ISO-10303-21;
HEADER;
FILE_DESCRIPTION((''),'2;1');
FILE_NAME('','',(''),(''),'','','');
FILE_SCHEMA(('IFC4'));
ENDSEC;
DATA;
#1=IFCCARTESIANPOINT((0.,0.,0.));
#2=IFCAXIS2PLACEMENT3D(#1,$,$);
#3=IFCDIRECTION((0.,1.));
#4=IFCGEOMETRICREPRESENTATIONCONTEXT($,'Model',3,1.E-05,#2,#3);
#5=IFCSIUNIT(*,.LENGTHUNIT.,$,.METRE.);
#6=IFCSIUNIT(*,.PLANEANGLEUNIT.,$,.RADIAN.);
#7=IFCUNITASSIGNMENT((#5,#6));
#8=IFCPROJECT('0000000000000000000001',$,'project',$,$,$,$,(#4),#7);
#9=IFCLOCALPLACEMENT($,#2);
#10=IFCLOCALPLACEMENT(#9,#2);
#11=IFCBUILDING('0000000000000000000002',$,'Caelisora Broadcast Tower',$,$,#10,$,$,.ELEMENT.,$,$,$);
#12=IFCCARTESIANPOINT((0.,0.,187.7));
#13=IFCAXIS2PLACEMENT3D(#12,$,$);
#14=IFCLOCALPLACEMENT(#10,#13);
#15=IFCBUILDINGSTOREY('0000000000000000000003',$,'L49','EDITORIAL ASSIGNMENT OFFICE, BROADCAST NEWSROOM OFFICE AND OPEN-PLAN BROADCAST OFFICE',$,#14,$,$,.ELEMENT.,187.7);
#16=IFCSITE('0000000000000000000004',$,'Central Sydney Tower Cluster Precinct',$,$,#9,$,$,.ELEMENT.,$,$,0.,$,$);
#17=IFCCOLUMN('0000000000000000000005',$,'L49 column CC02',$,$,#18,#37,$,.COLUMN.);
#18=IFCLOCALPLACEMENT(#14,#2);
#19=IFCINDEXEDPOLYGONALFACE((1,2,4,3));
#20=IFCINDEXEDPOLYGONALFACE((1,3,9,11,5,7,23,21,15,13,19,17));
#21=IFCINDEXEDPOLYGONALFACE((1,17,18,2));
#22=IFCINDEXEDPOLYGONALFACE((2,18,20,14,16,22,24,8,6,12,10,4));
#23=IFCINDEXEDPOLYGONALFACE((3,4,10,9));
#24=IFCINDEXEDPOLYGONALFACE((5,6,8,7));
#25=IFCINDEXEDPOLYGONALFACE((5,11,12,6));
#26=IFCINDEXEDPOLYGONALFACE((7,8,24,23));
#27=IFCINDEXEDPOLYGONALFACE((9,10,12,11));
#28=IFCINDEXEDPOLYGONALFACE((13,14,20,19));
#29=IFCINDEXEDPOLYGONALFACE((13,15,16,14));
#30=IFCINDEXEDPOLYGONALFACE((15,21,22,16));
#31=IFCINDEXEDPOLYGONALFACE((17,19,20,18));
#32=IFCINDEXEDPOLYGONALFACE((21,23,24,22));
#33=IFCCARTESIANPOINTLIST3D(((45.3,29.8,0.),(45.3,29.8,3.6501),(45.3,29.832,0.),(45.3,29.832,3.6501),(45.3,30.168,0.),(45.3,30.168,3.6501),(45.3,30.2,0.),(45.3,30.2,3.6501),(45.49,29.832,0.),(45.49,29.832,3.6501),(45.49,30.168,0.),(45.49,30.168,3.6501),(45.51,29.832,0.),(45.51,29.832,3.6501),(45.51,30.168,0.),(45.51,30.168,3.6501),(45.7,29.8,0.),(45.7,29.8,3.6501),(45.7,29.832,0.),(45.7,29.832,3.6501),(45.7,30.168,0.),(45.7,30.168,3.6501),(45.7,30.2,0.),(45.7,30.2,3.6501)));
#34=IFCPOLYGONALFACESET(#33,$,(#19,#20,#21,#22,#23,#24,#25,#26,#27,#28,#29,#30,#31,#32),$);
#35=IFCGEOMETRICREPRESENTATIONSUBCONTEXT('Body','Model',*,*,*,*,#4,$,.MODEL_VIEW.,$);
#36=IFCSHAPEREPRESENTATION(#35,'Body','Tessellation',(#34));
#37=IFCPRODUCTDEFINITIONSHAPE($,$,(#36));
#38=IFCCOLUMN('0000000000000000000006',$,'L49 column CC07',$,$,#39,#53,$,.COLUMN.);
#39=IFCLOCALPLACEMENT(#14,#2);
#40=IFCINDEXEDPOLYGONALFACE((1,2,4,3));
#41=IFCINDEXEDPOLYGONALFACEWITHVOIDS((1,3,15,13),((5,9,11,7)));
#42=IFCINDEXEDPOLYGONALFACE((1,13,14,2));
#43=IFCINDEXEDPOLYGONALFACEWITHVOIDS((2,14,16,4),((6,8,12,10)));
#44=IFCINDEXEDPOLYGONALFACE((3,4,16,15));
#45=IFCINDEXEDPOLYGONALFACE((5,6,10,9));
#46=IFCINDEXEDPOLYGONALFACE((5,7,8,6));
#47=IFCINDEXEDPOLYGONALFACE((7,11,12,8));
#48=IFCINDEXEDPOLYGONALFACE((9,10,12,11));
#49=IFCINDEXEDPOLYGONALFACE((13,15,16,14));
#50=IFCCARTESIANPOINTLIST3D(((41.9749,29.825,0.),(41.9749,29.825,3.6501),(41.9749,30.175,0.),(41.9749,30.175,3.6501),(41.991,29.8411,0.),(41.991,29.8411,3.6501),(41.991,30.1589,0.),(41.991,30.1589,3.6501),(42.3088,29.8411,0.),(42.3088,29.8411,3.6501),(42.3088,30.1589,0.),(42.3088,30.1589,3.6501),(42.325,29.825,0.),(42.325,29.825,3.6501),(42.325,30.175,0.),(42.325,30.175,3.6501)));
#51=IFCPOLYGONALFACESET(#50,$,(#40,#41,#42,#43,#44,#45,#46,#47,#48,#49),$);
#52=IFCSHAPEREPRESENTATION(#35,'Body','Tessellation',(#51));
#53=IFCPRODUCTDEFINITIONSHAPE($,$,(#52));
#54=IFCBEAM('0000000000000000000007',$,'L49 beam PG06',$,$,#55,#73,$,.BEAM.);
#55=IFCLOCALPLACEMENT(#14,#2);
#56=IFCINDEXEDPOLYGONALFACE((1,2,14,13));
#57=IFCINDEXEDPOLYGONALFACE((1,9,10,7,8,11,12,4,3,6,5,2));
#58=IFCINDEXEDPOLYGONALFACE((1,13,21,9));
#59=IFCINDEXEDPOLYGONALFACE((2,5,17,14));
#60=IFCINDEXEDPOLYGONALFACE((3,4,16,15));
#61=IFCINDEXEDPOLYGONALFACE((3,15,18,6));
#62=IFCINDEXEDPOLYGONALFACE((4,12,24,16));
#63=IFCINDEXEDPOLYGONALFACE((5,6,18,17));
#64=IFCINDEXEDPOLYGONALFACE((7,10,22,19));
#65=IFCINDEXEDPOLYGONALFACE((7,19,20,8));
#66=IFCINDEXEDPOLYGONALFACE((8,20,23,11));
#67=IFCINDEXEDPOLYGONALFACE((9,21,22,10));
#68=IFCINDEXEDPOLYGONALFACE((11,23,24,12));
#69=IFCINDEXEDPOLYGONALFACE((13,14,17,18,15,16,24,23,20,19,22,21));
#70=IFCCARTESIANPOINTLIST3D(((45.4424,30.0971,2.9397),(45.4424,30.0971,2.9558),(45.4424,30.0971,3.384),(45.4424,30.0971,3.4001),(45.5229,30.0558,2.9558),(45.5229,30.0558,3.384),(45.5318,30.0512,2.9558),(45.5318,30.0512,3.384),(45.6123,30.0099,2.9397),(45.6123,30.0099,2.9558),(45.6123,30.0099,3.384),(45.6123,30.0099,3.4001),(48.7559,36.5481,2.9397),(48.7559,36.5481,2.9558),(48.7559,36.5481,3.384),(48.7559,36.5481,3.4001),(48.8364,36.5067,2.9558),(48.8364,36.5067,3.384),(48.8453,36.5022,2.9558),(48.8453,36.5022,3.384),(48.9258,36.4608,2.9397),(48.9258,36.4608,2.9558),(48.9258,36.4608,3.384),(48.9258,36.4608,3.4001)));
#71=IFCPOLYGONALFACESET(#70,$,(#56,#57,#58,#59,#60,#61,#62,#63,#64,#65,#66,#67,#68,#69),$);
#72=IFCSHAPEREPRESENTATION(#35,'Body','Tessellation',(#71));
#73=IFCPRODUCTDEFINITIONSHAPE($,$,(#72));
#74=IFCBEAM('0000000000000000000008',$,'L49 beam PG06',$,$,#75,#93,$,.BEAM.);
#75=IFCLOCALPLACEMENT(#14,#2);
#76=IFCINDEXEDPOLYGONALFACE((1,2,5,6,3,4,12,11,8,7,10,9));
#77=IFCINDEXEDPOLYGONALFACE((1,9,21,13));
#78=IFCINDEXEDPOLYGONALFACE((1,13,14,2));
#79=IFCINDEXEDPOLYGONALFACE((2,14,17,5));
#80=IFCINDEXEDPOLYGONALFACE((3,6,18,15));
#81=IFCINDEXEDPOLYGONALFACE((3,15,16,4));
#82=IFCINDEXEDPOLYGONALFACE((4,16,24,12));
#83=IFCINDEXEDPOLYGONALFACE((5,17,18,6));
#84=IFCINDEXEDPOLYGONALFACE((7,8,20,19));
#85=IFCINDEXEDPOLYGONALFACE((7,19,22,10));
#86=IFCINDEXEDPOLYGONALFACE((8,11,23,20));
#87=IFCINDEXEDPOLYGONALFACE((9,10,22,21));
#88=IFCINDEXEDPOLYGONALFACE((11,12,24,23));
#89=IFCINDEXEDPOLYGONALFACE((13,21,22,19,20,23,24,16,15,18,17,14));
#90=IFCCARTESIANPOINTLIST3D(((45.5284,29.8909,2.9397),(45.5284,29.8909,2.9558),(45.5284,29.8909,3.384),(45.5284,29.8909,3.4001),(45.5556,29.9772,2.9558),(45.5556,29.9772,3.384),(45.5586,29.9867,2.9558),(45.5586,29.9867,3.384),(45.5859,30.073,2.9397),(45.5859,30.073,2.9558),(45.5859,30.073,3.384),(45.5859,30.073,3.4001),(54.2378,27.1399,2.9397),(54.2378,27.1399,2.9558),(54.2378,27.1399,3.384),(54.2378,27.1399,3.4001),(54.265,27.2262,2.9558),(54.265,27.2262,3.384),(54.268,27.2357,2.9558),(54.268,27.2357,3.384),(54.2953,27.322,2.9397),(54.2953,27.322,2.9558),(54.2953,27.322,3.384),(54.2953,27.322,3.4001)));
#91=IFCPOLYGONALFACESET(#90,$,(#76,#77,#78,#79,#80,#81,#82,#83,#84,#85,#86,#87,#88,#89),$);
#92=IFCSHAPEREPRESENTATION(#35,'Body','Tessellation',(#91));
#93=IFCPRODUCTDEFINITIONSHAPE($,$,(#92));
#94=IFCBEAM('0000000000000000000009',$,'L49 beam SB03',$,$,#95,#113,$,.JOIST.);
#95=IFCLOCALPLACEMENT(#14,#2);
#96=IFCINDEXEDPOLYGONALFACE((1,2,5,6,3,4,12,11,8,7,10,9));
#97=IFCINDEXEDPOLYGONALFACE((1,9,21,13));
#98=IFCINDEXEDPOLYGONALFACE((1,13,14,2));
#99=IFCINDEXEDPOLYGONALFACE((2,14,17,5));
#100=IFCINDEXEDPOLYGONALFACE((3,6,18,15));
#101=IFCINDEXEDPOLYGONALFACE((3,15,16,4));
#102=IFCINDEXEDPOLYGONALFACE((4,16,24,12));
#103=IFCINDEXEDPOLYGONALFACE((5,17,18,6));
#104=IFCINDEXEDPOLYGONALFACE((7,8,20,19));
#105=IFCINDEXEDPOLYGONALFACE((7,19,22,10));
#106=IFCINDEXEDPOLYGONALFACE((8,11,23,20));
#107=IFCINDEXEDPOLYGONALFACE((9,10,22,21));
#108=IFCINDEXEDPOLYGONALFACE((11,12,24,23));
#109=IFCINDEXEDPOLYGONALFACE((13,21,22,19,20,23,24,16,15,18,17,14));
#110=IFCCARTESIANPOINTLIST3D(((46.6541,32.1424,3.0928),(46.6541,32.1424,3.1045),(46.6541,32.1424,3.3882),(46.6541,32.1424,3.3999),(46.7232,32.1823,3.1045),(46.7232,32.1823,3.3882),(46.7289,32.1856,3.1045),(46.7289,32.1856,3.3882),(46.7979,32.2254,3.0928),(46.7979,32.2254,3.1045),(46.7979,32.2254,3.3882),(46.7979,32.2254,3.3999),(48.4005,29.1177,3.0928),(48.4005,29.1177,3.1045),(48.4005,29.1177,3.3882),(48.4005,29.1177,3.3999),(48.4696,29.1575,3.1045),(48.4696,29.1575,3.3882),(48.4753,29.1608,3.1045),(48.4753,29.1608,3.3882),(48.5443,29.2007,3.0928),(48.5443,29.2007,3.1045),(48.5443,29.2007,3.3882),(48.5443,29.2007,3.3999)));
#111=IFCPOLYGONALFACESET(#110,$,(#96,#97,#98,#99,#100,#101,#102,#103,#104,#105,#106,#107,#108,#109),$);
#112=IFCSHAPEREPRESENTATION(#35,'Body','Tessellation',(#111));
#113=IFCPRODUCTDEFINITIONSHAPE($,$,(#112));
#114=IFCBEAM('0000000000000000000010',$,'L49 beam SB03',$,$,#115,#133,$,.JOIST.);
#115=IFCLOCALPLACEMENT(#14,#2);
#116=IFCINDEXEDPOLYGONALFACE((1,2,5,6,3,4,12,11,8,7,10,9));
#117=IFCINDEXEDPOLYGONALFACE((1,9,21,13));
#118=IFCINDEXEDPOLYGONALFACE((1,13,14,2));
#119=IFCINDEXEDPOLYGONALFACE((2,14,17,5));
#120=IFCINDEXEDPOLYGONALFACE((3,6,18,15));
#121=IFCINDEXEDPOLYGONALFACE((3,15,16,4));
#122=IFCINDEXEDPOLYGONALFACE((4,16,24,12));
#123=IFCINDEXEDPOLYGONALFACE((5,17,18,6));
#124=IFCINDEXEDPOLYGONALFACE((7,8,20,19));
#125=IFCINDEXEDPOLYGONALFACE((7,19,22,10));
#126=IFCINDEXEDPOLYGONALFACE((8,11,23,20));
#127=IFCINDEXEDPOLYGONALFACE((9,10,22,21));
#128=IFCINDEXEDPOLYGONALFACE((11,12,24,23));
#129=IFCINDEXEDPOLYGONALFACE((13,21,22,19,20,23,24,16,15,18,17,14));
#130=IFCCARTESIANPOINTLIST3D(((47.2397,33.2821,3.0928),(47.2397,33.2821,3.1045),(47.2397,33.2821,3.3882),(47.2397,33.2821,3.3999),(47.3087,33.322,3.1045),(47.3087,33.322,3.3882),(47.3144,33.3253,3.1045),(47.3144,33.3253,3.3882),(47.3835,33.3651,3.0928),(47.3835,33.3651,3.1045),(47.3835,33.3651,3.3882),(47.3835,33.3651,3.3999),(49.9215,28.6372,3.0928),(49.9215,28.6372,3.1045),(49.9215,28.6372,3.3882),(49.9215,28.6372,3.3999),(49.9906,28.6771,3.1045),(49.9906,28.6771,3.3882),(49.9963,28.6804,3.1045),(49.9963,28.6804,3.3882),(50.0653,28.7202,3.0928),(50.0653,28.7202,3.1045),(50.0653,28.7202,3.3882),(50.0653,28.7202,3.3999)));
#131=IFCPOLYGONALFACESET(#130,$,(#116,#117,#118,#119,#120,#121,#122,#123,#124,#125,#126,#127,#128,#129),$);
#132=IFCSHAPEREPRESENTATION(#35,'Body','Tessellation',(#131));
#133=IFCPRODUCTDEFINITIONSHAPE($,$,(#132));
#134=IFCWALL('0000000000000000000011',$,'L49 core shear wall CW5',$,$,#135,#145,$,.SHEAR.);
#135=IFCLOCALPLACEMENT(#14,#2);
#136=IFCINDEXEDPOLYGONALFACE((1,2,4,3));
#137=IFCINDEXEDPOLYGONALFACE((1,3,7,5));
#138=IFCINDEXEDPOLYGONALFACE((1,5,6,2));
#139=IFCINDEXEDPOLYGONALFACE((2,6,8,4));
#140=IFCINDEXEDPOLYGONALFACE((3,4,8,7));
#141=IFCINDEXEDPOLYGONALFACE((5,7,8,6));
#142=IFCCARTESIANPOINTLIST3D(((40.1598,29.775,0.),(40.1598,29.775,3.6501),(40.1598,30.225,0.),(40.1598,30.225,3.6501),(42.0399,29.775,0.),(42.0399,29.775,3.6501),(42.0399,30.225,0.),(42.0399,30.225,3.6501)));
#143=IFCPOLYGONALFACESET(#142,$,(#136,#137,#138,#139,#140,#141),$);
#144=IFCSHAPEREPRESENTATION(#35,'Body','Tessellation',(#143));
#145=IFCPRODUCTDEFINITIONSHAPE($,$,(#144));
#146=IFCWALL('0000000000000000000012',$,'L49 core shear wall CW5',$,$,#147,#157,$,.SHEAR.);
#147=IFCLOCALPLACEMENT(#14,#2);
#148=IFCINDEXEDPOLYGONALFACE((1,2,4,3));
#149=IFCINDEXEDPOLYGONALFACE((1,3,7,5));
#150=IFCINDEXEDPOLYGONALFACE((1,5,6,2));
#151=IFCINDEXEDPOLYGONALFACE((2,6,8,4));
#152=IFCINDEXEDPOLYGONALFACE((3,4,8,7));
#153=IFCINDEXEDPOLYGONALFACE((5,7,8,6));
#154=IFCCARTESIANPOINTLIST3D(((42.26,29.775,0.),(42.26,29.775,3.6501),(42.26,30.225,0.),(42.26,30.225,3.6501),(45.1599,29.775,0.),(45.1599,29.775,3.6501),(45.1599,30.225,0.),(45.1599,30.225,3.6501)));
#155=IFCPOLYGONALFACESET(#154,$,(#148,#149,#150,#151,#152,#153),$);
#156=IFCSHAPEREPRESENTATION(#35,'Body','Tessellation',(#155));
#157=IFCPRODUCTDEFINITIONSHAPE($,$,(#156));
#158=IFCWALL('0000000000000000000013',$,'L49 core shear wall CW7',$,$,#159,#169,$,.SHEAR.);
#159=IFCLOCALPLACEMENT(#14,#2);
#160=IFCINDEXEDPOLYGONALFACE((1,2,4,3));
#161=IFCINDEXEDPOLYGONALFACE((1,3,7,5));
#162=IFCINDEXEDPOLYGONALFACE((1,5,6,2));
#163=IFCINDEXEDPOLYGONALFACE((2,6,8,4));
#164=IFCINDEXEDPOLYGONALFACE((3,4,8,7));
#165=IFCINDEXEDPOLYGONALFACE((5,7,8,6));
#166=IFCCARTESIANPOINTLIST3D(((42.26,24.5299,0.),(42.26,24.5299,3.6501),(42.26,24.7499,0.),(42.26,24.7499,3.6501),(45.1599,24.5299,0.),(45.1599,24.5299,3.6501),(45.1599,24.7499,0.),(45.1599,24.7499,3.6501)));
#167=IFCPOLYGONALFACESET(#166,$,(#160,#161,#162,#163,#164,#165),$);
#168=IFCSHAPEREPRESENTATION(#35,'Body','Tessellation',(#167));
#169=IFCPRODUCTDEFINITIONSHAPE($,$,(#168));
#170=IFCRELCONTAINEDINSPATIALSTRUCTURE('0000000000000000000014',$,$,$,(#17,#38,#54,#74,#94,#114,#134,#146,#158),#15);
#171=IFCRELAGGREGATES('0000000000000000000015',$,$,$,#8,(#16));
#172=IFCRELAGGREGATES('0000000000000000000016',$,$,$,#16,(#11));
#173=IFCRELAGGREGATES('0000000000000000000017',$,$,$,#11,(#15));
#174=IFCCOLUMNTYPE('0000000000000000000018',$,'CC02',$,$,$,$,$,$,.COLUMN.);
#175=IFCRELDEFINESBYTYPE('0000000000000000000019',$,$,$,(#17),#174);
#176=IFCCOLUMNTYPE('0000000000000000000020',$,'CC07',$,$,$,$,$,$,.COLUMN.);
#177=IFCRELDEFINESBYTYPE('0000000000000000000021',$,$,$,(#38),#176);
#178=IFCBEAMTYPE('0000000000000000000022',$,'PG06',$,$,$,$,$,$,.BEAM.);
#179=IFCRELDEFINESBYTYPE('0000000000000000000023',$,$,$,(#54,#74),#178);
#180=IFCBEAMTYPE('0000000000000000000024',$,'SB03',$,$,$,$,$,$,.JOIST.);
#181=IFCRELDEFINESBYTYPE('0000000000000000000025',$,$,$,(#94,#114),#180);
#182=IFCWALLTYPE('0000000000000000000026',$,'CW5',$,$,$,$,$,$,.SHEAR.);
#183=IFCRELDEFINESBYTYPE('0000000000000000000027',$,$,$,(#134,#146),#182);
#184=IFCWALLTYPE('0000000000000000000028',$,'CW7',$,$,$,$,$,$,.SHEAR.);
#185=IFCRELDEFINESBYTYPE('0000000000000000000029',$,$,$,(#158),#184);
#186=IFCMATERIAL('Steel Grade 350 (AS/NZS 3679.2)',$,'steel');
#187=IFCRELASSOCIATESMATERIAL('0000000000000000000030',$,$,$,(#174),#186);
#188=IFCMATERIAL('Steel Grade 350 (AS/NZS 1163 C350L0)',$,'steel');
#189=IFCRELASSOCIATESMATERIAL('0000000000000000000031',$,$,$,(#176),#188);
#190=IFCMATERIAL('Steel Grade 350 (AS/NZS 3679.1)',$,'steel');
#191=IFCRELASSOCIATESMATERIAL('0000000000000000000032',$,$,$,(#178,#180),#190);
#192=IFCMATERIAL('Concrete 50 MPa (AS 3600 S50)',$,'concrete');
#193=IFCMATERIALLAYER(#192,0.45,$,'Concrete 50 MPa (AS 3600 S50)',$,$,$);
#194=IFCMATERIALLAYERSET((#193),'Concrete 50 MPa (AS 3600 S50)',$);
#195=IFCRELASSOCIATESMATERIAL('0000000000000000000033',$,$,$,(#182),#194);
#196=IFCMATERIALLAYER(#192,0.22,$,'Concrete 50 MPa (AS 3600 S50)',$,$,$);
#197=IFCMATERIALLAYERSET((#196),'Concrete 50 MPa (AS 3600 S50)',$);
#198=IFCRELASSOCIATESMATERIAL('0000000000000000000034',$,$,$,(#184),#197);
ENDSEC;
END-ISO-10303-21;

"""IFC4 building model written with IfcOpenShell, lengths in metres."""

from ifc_helpers import new_model, si_unit, direction, frame, frame_2d, origin, origin_2d, place, context, subcontext, project, spatial, rectangle, hollow_rectangle, i_section, extrude, source, transform, mapped, material, layer, layer_set, material_profile, profile_set, type_object, type_shapes, element, save


model = new_model("IFC4")

# Units and contexts
model_context = context("Model", 3, precision=1e-05, world=origin(), true_north=direction((0.0, 1.0)))
body_context = subcontext(model_context, "Body", "Model", "MODEL_VIEW")
ifc_project = project(units=[si_unit("LENGTHUNIT", "METRE"), si_unit("PLANEANGLEUNIT", "RADIAN")], contexts=[model_context])

# Site, building, storey
site_placement = place(None, origin())
site = spatial("IfcSite", under=ifc_project, at=site_placement, Name="Central Sydney Tower Cluster Precinct", CompositionType="ELEMENT", RefElevation=0.0)
building_placement = place(site_placement, origin())
building = spatial("IfcBuilding", under=site, at=building_placement, Name="Caelisora Broadcast Tower", CompositionType="ELEMENT")
storey_placement = place(building_placement, frame((0.0, 0.0, 187.7)))
storey = spatial("IfcBuildingStorey", under=building, at=storey_placement, Name="L49", Description="EDITORIAL ASSIGNMENT OFFICE, BROADCAST NEWSROOM OFFICE AND OPEN-PLAN BROADCAST OFFICE", CompositionType="ELEMENT", Elevation=187.7)

# Columns
ifc_material_1 = material(Name="Steel Grade 350 (AS/NZS 3679.2)", Category="steel")
ifc_material_profile_1 = material_profile(ifc_material_1, i_section(OverallWidth=0.3999, OverallDepth=0.3999, WebThickness=0.02, FlangeThickness=0.032, at=origin_2d()), Name="Steel Grade 350 (AS/NZS 3679.2)")
ifc_profile_set_1 = profile_set([ifc_material_profile_1], Name="Steel Grade 350 (AS/NZS 3679.2)")
column_type_1 = type_object("IfcColumnType", Name="CC02", PredefinedType="COLUMN", material=ifc_profile_set_1)
shared_shape_1 = source(origin(), body_context, "Body", "SweptSolid", [
    extrude(i_section(OverallWidth=0.3999, OverallDepth=0.3999, WebThickness=0.02, FlangeThickness=0.032, at=origin_2d()), origin(), (0.0, 0.0, 1.0), 3.6501),
])
type_shapes(column_type_1, [shared_shape_1])
column_1_placement = place(storey_placement, frame((45.5, 30.0, 0.0), z_axis=(0.0, 0.0, 1.0), x_axis=(1.0, 0.0, 0.0)))
element("IfcColumn", 1, at=column_1_placement, inside=storey, type_object=column_type_1, Name="L49 column CC02", PredefinedType="COLUMN", context=body_context, shape_type="MappedRepresentation", body=[
    mapped(shared_shape_1, transform((0.0, 0.0, 0.0), scale=1.0)),
])
ifc_material_2 = material(Name="Steel Grade 350 (AS/NZS 1163 C350L0)", Category="steel")
ifc_material_profile_2 = material_profile(ifc_material_2, hollow_rectangle(XDim=0.3501, YDim=0.3501, WallThickness=0.0161, at=origin_2d()), Name="Steel Grade 350 (AS/NZS 1163 C350L0)")
ifc_profile_set_2 = profile_set([ifc_material_profile_2], Name="Steel Grade 350 (AS/NZS 1163 C350L0)")
column_type_2 = type_object("IfcColumnType", Name="CC07", PredefinedType="COLUMN", material=ifc_profile_set_2)
shared_shape_2 = source(origin(), body_context, "Body", "SweptSolid", [
    extrude(hollow_rectangle(XDim=0.3501, YDim=0.3501, WallThickness=0.0161, at=origin_2d()), origin(), (0.0, 0.0, 1.0), 3.6501),
])
type_shapes(column_type_2, [shared_shape_2])
column_2_placement = place(storey_placement, frame((42.1499, 30.0, 0.0), z_axis=(0.0, 0.0, 1.0), x_axis=(1.0, 0.0, 0.0)))
element("IfcColumn", 2, at=column_2_placement, inside=storey, type_object=column_type_2, Name="L49 column CC07", PredefinedType="COLUMN", context=body_context, shape_type="MappedRepresentation", body=[
    mapped(shared_shape_2, transform((0.0, 0.0, 0.0), scale=1.0)),
])

# Beams
ifc_material_3 = material(Name="Steel Grade 350 (AS/NZS 3679.1)", Category="steel")
ifc_material_profile_3 = material_profile(ifc_material_3, i_section(OverallWidth=0.1909, OverallDepth=0.4604, WebThickness=0.01, FlangeThickness=0.0161, at=origin_2d()), Name="Steel Grade 350 (AS/NZS 3679.1)")
ifc_profile_set_3 = profile_set([ifc_material_profile_3], Name="Steel Grade 350 (AS/NZS 3679.1)")
beam_type_1 = type_object("IfcBeamType", Name="PG06", PredefinedType="BEAM", material=ifc_profile_set_3)
shared_shape_3 = source(origin(), body_context, "Body", "SweptSolid", [
    extrude(i_section(OverallWidth=0.1909, OverallDepth=0.4604, WebThickness=0.01, FlangeThickness=0.0161, at=origin_2d()), origin(), (0.0, 0.0, 1.0), 7.2522),
])
beam_1_placement = place(storey_placement, frame((45.5273, 30.0535, 3.1699), z_axis=(0.456896, 0.88952, 0.0), x_axis=(-0.88952, 0.456896, 0.0)))
element("IfcBeam", 3, at=beam_1_placement, inside=storey, type_object=beam_type_1, Name="L49 beam PG06", PredefinedType="BEAM", context=body_context, shape_type="MappedRepresentation", body=[
    mapped(shared_shape_3, transform((0.0, 0.0, 0.0), scale=1.0)),
])
shared_shape_4 = source(origin(), body_context, "Body", "SweptSolid", [
    extrude(i_section(OverallWidth=0.1909, OverallDepth=0.4604, WebThickness=0.01, FlangeThickness=0.0161, at=origin_2d()), origin(), (0.0, 0.0, 1.0), 9.1335),
])
type_shapes(beam_type_1, [shared_shape_3, shared_shape_4])
beam_2_placement = place(storey_placement, frame((45.5571, 29.9819, 3.1699), z_axis=(0.953563, -0.301193, 0.0), x_axis=(0.301193, 0.953563, 0.0)))
element("IfcBeam", 4, at=beam_2_placement, inside=storey, type_object=beam_type_1, Name="L49 beam PG06", PredefinedType="BEAM", context=body_context, shape_type="MappedRepresentation", body=[
    mapped(shared_shape_4, transform((0.0, 0.0, 0.0), scale=1.0)),
])
ifc_material_profile_4 = material_profile(ifc_material_3, i_section(OverallWidth=0.166, OverallDepth=0.3071, WebThickness=0.0066, FlangeThickness=0.0117, at=origin_2d()), Name="Steel Grade 350 (AS/NZS 3679.1)")
ifc_profile_set_4 = profile_set([ifc_material_profile_4], Name="Steel Grade 350 (AS/NZS 3679.1)")
beam_type_2 = type_object("IfcBeamType", Name="SB03", PredefinedType="JOIST", material=ifc_profile_set_4)
shared_shape_5 = source(origin(), body_context, "Body", "SweptSolid", [
    extrude(i_section(OverallWidth=0.166, OverallDepth=0.3071, WebThickness=0.0066, FlangeThickness=0.0117, at=origin_2d()), origin(), (0.0, 0.0, 1.0), 3.4927),
])
beam_3_placement = place(storey_placement, frame((48.4724, 29.1592, 3.2463), z_axis=(-0.500011, 0.866019, 0.0), x_axis=(-0.866019, -0.500011, 0.0)))
element("IfcBeam", 5, at=beam_3_placement, inside=storey, type_object=beam_type_2, Name="L49 beam SB03", PredefinedType="JOIST", context=body_context, shape_type="MappedRepresentation", body=[
    mapped(shared_shape_5, transform((0.0, 0.0, 0.0), scale=1.0)),
])
shared_shape_6 = source(origin(), body_context, "Body", "SweptSolid", [
    extrude(i_section(OverallWidth=0.166, OverallDepth=0.3071, WebThickness=0.0066, FlangeThickness=0.0117, at=origin_2d()), origin(), (0.0, 0.0, 1.0), 5.3635),
])
type_shapes(beam_type_2, [shared_shape_5, shared_shape_6])
beam_4_placement = place(storey_placement, frame((49.9934, 28.6787, 3.2463), z_axis=(-0.500011, 0.866019, 0.0), x_axis=(-0.866019, -0.500011, 0.0)))
element("IfcBeam", 6, at=beam_4_placement, inside=storey, type_object=beam_type_2, Name="L49 beam SB03", PredefinedType="JOIST", context=body_context, shape_type="MappedRepresentation", body=[
    mapped(shared_shape_6, transform((0.0, 0.0, 0.0), scale=1.0)),
])

# Walls
ifc_material_4 = material(Name="Concrete 50 MPa (AS 3600 S50)", Category="concrete")
ifc_layer_1 = layer(ifc_material_4, 0.45, Name="Concrete 50 MPa (AS 3600 S50)")
ifc_layer_set_1 = layer_set([ifc_layer_1], Name="Concrete 50 MPa (AS 3600 S50)")
wall_type_1 = type_object("IfcWallType", Name="CW5", PredefinedType="SHEAR", material=ifc_layer_set_1)
wall_1_placement = place(storey_placement, frame((40.1599, 30.0, 0.0), z_axis=(0.0, 0.0, 1.0), x_axis=(1.0, 0.0, 0.0)))
element("IfcWall", 7, at=wall_1_placement, inside=storey, type_object=wall_type_1, Name="L49 core shear wall CW5", PredefinedType="SHEAR", context=body_context, shape_type="SweptSolid", body=[
    extrude(rectangle(XDim=1.8801, YDim=0.45, at=frame_2d((0.9399, 0.0))), origin(), (0.0, 0.0, 1.0), 3.6501),
])
wall_2_placement = place(storey_placement, frame((42.26, 30.0, 0.0), z_axis=(0.0, 0.0, 1.0), x_axis=(1.0, 0.0, 0.0)))
element("IfcWall", 8, at=wall_2_placement, inside=storey, type_object=wall_type_1, Name="L49 core shear wall CW5", PredefinedType="SHEAR", context=body_context, shape_type="SweptSolid", body=[
    extrude(rectangle(XDim=2.8999, YDim=0.45, at=frame_2d((1.45, 0.0))), origin(), (0.0, 0.0, 1.0), 3.6501),
])
ifc_layer_2 = layer(ifc_material_4, 0.22, Name="Concrete 50 MPa (AS 3600 S50)")
ifc_layer_set_2 = layer_set([ifc_layer_2], Name="Concrete 50 MPa (AS 3600 S50)")
wall_type_2 = type_object("IfcWallType", Name="CW7", PredefinedType="SHEAR", material=ifc_layer_set_2)
wall_3_placement = place(storey_placement, frame((42.26, 24.6399, 0.0), z_axis=(0.0, 0.0, 1.0), x_axis=(1.0, 0.0, 0.0)))
element("IfcWall", 9, at=wall_3_placement, inside=storey, type_object=wall_type_2, Name="L49 core shear wall CW7", PredefinedType="SHEAR", context=body_context, shape_type="SweptSolid", body=[
    extrude(rectangle(XDim=2.8999, YDim=0.22, at=frame_2d((1.45, 0.0))), origin(), (0.0, 0.0, 1.0), 3.6501),
])

save(model, "model.ifc")
